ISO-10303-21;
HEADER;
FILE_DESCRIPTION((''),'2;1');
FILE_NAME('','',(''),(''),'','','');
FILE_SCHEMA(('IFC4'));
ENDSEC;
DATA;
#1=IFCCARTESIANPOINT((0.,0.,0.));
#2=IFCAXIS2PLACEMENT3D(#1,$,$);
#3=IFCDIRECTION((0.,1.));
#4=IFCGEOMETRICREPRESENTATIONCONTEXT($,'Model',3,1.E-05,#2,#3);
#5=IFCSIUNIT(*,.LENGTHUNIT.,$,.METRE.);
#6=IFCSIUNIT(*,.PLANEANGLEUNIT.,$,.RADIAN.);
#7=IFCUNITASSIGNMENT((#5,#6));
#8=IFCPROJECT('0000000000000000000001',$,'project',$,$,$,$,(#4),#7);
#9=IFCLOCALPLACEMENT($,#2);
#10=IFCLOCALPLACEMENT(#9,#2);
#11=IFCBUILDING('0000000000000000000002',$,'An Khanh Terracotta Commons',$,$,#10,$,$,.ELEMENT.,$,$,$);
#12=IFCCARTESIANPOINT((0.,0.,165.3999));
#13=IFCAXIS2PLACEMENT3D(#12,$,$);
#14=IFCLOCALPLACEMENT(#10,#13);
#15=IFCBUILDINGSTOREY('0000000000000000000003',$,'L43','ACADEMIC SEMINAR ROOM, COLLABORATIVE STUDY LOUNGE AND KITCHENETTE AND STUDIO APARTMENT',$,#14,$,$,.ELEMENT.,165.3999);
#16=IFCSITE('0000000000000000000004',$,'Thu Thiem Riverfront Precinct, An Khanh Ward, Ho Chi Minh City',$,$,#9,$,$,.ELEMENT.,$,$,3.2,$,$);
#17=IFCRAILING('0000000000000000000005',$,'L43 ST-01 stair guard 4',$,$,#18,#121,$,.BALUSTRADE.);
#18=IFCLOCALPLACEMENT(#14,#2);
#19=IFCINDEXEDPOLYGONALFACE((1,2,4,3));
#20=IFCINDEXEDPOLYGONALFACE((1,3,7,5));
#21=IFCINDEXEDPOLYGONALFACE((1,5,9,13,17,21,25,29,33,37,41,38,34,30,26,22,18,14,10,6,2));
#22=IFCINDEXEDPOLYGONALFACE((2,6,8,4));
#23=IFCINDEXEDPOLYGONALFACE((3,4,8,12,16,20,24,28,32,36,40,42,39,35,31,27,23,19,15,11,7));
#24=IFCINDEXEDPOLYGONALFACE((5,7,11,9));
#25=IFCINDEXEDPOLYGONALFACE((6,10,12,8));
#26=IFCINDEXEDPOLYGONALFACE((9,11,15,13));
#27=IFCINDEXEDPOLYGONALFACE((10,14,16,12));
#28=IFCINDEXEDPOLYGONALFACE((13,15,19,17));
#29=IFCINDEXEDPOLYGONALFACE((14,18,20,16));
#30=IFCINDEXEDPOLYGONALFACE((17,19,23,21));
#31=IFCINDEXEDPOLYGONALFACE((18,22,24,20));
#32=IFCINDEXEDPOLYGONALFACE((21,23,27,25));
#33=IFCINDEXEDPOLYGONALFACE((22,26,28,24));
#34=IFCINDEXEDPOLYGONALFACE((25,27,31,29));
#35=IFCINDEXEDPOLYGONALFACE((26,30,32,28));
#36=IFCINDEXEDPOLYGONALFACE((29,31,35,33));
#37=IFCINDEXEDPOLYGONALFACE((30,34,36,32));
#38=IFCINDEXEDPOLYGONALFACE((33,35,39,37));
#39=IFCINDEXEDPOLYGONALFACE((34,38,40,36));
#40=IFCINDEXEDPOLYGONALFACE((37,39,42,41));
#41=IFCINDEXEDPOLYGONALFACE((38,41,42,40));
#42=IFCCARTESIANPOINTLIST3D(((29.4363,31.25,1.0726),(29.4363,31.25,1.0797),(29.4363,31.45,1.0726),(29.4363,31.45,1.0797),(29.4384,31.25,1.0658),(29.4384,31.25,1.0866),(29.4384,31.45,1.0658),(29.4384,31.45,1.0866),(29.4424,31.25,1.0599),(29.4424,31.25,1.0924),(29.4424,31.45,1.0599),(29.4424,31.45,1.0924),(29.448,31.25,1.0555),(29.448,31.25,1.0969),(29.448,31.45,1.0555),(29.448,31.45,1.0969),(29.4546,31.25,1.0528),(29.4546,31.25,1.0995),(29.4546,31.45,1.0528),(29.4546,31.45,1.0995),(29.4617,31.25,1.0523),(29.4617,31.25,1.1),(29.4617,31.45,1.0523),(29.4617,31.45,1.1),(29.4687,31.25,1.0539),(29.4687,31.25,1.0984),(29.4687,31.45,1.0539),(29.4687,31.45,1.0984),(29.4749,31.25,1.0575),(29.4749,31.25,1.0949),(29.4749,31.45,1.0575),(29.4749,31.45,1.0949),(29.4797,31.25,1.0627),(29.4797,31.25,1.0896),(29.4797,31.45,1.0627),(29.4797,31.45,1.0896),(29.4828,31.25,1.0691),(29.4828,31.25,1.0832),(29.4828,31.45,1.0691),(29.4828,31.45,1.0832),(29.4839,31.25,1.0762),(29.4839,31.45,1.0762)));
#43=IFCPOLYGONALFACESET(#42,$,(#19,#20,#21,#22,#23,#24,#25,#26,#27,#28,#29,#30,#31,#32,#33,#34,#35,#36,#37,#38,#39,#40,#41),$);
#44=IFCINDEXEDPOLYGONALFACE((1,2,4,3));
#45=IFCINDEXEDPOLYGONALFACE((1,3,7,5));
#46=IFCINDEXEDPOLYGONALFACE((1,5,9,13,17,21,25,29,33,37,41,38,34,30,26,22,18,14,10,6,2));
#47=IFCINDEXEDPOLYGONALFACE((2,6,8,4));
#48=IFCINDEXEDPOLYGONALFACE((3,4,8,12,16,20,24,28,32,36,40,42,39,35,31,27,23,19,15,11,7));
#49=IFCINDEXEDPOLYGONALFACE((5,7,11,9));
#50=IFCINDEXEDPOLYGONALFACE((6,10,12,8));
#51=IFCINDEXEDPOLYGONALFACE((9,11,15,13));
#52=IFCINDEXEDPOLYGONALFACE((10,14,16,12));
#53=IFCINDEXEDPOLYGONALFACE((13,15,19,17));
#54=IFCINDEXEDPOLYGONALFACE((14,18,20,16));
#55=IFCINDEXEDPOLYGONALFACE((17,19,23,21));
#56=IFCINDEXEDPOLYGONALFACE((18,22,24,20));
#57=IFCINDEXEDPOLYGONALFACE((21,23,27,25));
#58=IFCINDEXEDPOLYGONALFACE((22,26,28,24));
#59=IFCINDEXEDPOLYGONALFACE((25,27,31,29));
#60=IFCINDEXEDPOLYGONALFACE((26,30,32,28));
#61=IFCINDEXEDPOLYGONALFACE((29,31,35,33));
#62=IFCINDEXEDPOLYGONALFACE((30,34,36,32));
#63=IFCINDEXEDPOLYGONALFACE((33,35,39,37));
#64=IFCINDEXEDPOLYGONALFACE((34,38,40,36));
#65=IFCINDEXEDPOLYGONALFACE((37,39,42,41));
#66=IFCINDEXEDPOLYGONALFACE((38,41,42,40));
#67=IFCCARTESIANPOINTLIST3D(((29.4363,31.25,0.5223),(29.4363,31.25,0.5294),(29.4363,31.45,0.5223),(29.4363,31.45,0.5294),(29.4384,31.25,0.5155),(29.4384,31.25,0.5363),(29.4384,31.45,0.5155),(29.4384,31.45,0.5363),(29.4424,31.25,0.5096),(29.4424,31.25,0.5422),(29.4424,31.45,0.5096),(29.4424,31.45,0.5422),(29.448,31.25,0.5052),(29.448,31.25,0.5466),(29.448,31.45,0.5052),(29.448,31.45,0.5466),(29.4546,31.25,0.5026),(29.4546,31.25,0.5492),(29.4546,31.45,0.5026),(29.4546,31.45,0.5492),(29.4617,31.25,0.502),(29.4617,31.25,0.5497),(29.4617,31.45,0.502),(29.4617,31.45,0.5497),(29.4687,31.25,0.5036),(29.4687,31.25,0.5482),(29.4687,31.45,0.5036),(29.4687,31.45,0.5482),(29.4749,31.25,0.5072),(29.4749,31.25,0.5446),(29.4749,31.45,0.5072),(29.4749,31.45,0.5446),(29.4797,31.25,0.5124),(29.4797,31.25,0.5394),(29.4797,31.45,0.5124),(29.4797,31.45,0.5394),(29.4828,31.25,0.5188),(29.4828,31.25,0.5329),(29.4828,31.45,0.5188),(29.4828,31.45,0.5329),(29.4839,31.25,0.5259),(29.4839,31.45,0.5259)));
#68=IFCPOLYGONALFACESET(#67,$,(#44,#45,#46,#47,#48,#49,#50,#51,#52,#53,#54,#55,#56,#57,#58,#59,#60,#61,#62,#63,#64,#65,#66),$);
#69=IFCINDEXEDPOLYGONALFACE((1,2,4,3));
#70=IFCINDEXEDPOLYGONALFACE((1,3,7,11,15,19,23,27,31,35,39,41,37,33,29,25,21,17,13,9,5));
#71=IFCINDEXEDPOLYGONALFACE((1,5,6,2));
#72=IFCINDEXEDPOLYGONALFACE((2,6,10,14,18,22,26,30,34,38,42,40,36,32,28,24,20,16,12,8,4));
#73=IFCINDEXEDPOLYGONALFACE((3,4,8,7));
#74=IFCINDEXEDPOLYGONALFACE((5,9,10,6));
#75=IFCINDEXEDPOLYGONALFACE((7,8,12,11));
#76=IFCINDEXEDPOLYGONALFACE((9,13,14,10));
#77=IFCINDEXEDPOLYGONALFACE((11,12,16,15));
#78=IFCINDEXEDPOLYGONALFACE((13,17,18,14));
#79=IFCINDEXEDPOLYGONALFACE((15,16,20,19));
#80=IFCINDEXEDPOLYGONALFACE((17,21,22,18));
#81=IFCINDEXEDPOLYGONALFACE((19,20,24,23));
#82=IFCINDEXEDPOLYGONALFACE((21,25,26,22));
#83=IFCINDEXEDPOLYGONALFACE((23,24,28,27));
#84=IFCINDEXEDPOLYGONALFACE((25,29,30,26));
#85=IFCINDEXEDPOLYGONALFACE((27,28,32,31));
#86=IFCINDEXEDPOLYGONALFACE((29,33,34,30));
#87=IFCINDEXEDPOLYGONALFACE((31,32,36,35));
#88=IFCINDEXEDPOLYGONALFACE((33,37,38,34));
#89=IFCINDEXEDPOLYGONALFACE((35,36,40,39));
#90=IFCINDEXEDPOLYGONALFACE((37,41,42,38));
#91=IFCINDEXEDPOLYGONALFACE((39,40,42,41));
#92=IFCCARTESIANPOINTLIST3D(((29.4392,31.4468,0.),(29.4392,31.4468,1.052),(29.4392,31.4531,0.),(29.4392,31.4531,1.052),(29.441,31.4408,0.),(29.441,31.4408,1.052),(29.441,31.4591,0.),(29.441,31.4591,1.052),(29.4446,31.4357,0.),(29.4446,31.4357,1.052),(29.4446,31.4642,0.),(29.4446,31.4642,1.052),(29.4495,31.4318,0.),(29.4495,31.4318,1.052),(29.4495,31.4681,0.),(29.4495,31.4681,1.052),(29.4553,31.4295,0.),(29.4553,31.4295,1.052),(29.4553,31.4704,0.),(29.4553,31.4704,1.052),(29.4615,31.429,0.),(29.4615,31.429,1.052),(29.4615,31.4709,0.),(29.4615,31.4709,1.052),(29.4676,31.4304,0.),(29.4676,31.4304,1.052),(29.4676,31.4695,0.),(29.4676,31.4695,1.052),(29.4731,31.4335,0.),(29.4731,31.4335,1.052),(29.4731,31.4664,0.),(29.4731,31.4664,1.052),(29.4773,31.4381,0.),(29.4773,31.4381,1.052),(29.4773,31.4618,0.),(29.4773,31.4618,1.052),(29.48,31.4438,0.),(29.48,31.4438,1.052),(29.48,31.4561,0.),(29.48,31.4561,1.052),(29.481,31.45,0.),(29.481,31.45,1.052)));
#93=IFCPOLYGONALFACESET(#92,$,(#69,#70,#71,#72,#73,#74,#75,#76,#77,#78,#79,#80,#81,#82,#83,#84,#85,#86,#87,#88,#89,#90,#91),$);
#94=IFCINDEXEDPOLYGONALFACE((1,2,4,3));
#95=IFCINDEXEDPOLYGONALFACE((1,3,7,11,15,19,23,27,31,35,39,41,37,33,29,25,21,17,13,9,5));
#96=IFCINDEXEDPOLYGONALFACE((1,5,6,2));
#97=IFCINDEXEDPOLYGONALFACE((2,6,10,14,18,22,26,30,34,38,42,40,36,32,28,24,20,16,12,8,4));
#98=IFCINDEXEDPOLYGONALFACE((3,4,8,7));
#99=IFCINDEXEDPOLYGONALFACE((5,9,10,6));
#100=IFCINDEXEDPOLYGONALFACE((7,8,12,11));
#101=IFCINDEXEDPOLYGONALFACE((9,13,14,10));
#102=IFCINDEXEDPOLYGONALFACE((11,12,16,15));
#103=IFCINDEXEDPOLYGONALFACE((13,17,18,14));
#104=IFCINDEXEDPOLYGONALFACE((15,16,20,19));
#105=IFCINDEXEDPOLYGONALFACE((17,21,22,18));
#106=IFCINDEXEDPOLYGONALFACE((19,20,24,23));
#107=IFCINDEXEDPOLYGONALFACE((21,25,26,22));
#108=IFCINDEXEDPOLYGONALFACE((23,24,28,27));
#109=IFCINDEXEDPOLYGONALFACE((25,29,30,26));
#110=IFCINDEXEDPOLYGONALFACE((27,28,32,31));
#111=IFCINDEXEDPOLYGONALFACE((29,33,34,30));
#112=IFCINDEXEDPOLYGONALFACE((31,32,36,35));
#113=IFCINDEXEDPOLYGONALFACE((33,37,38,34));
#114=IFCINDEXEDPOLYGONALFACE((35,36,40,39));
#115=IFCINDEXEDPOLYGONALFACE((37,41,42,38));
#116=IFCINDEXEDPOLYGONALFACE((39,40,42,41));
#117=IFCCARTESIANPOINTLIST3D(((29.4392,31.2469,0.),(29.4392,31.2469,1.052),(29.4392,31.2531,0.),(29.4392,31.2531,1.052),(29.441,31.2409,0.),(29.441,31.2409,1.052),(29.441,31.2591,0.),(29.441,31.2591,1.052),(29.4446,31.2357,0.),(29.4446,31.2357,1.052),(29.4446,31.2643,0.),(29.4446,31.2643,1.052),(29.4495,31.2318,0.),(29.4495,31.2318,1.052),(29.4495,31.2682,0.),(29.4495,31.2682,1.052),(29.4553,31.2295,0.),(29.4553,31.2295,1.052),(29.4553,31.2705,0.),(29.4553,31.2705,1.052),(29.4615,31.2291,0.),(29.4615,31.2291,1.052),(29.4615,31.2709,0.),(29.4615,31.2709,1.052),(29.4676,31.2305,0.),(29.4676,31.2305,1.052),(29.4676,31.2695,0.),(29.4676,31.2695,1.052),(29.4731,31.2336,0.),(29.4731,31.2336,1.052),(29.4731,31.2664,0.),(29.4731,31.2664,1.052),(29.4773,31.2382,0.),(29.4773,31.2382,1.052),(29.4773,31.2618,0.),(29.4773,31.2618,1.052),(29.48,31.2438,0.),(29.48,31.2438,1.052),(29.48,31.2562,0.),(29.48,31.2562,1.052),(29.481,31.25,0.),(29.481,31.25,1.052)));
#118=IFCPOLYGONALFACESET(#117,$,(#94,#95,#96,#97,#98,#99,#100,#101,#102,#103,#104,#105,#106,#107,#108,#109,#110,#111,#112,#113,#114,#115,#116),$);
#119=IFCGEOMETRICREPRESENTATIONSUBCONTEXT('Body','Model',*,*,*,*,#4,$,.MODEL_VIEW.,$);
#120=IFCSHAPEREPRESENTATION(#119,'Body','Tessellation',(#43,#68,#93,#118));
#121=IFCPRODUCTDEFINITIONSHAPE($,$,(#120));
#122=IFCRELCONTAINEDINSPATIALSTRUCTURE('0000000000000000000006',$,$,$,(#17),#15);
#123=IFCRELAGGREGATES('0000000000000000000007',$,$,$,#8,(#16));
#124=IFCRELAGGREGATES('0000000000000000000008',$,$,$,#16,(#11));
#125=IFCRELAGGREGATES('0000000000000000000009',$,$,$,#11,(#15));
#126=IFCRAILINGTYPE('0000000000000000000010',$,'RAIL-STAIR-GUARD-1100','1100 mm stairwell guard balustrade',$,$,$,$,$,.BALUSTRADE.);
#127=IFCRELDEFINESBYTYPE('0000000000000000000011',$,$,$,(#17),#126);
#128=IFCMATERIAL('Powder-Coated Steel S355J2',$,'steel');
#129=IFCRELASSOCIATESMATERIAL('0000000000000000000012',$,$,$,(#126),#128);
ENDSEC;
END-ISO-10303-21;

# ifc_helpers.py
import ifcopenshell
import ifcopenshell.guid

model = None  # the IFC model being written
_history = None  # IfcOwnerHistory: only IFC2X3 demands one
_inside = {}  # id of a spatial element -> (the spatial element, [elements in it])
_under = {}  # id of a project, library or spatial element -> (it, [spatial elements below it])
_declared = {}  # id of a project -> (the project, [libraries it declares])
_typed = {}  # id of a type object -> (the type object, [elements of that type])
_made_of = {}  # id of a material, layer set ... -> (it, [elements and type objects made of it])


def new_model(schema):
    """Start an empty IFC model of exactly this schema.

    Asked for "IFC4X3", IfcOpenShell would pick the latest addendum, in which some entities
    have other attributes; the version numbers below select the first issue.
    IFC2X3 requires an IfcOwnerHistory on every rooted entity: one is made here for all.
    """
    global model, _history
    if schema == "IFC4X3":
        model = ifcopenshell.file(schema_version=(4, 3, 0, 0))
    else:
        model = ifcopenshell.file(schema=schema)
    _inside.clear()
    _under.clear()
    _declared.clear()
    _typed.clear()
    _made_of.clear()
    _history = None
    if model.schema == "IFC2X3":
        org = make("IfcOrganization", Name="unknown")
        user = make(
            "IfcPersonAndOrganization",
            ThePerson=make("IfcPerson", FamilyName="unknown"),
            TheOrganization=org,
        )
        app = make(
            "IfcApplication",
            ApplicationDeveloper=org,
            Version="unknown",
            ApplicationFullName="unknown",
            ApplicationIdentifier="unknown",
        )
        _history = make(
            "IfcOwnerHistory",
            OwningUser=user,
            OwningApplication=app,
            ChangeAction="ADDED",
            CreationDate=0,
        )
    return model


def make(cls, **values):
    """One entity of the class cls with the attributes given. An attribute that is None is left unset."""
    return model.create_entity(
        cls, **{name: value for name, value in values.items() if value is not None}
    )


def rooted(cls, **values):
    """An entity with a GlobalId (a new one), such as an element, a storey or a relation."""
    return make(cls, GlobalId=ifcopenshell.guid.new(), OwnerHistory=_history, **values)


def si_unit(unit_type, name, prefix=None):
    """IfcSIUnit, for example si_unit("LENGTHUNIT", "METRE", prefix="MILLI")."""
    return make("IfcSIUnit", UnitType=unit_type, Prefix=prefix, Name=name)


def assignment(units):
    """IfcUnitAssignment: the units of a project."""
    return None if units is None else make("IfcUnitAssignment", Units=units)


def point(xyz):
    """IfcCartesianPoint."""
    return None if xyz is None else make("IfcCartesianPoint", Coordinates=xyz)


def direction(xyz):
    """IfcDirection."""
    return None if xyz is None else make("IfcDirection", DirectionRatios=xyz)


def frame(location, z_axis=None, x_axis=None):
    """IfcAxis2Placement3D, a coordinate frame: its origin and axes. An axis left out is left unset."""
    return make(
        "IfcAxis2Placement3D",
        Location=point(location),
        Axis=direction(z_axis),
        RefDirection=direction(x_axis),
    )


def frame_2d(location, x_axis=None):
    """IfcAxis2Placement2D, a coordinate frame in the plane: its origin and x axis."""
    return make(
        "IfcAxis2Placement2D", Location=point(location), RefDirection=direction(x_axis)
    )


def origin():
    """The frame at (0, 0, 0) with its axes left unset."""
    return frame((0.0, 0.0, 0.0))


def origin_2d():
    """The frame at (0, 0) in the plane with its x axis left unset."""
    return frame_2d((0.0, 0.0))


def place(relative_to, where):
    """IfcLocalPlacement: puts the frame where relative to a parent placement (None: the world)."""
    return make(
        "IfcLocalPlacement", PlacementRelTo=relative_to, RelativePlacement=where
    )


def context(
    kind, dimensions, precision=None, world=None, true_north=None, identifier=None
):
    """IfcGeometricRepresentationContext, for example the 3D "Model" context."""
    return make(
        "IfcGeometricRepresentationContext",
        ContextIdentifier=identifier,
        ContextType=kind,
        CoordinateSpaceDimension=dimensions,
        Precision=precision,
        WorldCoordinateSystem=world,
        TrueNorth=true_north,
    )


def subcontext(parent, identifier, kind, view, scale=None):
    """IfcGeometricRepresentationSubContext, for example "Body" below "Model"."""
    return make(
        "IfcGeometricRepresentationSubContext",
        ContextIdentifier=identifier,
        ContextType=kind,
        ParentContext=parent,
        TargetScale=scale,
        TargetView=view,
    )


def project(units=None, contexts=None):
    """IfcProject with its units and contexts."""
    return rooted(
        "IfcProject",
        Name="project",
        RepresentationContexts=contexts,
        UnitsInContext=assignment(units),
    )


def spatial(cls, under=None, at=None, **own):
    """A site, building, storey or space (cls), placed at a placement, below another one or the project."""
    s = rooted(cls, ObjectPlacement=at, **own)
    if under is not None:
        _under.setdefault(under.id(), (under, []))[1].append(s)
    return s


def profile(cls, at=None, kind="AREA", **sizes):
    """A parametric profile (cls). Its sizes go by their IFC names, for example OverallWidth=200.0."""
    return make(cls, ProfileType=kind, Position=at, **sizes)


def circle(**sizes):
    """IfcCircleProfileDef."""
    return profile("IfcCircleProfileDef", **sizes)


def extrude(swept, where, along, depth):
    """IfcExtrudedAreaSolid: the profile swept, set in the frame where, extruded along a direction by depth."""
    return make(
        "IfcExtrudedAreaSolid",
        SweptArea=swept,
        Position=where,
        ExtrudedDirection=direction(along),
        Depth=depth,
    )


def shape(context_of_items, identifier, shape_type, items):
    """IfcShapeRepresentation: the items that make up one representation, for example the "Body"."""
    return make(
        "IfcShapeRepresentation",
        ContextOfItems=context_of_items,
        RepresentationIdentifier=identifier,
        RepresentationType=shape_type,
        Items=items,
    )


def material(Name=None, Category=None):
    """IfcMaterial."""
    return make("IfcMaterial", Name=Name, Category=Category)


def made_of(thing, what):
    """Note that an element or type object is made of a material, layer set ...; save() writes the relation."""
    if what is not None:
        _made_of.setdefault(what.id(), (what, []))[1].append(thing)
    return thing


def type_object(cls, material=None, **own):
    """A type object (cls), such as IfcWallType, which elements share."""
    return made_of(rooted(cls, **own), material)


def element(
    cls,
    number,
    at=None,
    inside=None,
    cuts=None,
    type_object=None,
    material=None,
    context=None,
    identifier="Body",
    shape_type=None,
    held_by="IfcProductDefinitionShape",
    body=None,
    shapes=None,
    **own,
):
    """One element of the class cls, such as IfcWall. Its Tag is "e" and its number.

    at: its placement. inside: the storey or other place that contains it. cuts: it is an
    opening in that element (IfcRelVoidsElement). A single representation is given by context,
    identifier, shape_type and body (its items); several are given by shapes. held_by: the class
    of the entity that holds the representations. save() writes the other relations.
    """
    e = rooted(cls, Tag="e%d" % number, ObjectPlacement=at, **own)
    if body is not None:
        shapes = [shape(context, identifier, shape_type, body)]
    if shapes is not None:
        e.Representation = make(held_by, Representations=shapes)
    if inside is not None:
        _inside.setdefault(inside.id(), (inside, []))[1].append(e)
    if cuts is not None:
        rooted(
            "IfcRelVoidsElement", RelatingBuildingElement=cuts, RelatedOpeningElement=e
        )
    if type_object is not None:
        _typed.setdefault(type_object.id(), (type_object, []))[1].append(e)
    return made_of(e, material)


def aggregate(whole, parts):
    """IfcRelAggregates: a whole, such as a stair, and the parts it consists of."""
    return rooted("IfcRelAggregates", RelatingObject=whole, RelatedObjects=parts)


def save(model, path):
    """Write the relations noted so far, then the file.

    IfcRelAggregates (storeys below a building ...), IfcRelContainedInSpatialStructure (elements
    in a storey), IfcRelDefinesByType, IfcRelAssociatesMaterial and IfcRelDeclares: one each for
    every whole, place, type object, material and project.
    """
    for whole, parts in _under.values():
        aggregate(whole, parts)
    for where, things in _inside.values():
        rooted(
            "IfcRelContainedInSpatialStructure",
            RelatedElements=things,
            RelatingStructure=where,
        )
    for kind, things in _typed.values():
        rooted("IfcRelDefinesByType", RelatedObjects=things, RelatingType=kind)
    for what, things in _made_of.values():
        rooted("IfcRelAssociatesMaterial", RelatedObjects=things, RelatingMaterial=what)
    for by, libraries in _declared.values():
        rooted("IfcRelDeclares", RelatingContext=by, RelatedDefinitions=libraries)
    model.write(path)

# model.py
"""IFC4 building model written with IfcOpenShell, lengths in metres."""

from ifc_helpers import new_model, si_unit, direction, frame, origin, origin_2d, place, context, subcontext, project, spatial, circle, extrude, material, type_object, element, save


model = new_model("IFC4")

# Units and contexts
model_context = context("Model", 3, precision=1e-05, world=origin(), true_north=direction((0.0, 1.0)))
body_context = subcontext(model_context, "Body", "Model", "MODEL_VIEW")
ifc_project = project(units=[si_unit("LENGTHUNIT", "METRE"), si_unit("PLANEANGLEUNIT", "RADIAN")], contexts=[model_context])

# Site, building, storey
site_placement = place(None, origin())
site = spatial("IfcSite", under=ifc_project, at=site_placement, Name="Thu Thiem Riverfront Precinct, An Khanh Ward, Ho Chi Minh City", CompositionType="ELEMENT", RefElevation=3.2)
building_placement = place(site_placement, origin())
building = spatial("IfcBuilding", under=site, at=building_placement, Name="An Khanh Terracotta Commons", CompositionType="ELEMENT")
storey_placement = place(building_placement, frame((0.0, 0.0, 165.3999)))
storey = spatial("IfcBuildingStorey", under=building, at=storey_placement, Name="L43", Description="ACADEMIC SEMINAR ROOM, COLLABORATIVE STUDY LOUNGE AND KITCHENETTE AND STUDIO APARTMENT", CompositionType="ELEMENT", Elevation=165.3999)

# Railing
ifc_material_1 = material(Name="Powder-Coated Steel S355J2", Category="steel")
railing_type_1 = type_object("IfcRailingType", Name="RAIL-STAIR-GUARD-1100", Description="1100 mm stairwell guard balustrade", PredefinedType="BALUSTRADE", material=ifc_material_1)
railing_1_placement = place(storey_placement, frame((29.46, 31.45, 0.0)))
element("IfcRailing", 1, at=railing_1_placement, inside=storey, type_object=railing_type_1, Name="L43 ST-01 stair guard 4", PredefinedType="BALUSTRADE", context=body_context, shape_type="SweptSolid", body=[
    extrude(circle(Radius=0.0239, at=origin_2d()), frame((0.0, 0.0, 1.0762), z_axis=(0.0, -1.0, 0.0), x_axis=(1.0, 0.0, 0.0)), (0.0, 0.0, 1.0), 0.2),
    extrude(circle(Radius=0.0239, at=origin_2d()), frame((0.0, 0.0, 0.5259), z_axis=(0.0, -1.0, 0.0), x_axis=(1.0, 0.0, 0.0)), (0.0, 0.0, 1.0), 0.2),
    extrude(circle(Radius=0.021, at=origin_2d()), origin(), (0.0, 0.0, 1.0), 1.052),
    extrude(circle(Radius=0.021, at=origin_2d()), frame((0.0, -0.2, 0.0)), (0.0, 0.0, 1.0), 1.052),
])

save(model, "model.ifc")
